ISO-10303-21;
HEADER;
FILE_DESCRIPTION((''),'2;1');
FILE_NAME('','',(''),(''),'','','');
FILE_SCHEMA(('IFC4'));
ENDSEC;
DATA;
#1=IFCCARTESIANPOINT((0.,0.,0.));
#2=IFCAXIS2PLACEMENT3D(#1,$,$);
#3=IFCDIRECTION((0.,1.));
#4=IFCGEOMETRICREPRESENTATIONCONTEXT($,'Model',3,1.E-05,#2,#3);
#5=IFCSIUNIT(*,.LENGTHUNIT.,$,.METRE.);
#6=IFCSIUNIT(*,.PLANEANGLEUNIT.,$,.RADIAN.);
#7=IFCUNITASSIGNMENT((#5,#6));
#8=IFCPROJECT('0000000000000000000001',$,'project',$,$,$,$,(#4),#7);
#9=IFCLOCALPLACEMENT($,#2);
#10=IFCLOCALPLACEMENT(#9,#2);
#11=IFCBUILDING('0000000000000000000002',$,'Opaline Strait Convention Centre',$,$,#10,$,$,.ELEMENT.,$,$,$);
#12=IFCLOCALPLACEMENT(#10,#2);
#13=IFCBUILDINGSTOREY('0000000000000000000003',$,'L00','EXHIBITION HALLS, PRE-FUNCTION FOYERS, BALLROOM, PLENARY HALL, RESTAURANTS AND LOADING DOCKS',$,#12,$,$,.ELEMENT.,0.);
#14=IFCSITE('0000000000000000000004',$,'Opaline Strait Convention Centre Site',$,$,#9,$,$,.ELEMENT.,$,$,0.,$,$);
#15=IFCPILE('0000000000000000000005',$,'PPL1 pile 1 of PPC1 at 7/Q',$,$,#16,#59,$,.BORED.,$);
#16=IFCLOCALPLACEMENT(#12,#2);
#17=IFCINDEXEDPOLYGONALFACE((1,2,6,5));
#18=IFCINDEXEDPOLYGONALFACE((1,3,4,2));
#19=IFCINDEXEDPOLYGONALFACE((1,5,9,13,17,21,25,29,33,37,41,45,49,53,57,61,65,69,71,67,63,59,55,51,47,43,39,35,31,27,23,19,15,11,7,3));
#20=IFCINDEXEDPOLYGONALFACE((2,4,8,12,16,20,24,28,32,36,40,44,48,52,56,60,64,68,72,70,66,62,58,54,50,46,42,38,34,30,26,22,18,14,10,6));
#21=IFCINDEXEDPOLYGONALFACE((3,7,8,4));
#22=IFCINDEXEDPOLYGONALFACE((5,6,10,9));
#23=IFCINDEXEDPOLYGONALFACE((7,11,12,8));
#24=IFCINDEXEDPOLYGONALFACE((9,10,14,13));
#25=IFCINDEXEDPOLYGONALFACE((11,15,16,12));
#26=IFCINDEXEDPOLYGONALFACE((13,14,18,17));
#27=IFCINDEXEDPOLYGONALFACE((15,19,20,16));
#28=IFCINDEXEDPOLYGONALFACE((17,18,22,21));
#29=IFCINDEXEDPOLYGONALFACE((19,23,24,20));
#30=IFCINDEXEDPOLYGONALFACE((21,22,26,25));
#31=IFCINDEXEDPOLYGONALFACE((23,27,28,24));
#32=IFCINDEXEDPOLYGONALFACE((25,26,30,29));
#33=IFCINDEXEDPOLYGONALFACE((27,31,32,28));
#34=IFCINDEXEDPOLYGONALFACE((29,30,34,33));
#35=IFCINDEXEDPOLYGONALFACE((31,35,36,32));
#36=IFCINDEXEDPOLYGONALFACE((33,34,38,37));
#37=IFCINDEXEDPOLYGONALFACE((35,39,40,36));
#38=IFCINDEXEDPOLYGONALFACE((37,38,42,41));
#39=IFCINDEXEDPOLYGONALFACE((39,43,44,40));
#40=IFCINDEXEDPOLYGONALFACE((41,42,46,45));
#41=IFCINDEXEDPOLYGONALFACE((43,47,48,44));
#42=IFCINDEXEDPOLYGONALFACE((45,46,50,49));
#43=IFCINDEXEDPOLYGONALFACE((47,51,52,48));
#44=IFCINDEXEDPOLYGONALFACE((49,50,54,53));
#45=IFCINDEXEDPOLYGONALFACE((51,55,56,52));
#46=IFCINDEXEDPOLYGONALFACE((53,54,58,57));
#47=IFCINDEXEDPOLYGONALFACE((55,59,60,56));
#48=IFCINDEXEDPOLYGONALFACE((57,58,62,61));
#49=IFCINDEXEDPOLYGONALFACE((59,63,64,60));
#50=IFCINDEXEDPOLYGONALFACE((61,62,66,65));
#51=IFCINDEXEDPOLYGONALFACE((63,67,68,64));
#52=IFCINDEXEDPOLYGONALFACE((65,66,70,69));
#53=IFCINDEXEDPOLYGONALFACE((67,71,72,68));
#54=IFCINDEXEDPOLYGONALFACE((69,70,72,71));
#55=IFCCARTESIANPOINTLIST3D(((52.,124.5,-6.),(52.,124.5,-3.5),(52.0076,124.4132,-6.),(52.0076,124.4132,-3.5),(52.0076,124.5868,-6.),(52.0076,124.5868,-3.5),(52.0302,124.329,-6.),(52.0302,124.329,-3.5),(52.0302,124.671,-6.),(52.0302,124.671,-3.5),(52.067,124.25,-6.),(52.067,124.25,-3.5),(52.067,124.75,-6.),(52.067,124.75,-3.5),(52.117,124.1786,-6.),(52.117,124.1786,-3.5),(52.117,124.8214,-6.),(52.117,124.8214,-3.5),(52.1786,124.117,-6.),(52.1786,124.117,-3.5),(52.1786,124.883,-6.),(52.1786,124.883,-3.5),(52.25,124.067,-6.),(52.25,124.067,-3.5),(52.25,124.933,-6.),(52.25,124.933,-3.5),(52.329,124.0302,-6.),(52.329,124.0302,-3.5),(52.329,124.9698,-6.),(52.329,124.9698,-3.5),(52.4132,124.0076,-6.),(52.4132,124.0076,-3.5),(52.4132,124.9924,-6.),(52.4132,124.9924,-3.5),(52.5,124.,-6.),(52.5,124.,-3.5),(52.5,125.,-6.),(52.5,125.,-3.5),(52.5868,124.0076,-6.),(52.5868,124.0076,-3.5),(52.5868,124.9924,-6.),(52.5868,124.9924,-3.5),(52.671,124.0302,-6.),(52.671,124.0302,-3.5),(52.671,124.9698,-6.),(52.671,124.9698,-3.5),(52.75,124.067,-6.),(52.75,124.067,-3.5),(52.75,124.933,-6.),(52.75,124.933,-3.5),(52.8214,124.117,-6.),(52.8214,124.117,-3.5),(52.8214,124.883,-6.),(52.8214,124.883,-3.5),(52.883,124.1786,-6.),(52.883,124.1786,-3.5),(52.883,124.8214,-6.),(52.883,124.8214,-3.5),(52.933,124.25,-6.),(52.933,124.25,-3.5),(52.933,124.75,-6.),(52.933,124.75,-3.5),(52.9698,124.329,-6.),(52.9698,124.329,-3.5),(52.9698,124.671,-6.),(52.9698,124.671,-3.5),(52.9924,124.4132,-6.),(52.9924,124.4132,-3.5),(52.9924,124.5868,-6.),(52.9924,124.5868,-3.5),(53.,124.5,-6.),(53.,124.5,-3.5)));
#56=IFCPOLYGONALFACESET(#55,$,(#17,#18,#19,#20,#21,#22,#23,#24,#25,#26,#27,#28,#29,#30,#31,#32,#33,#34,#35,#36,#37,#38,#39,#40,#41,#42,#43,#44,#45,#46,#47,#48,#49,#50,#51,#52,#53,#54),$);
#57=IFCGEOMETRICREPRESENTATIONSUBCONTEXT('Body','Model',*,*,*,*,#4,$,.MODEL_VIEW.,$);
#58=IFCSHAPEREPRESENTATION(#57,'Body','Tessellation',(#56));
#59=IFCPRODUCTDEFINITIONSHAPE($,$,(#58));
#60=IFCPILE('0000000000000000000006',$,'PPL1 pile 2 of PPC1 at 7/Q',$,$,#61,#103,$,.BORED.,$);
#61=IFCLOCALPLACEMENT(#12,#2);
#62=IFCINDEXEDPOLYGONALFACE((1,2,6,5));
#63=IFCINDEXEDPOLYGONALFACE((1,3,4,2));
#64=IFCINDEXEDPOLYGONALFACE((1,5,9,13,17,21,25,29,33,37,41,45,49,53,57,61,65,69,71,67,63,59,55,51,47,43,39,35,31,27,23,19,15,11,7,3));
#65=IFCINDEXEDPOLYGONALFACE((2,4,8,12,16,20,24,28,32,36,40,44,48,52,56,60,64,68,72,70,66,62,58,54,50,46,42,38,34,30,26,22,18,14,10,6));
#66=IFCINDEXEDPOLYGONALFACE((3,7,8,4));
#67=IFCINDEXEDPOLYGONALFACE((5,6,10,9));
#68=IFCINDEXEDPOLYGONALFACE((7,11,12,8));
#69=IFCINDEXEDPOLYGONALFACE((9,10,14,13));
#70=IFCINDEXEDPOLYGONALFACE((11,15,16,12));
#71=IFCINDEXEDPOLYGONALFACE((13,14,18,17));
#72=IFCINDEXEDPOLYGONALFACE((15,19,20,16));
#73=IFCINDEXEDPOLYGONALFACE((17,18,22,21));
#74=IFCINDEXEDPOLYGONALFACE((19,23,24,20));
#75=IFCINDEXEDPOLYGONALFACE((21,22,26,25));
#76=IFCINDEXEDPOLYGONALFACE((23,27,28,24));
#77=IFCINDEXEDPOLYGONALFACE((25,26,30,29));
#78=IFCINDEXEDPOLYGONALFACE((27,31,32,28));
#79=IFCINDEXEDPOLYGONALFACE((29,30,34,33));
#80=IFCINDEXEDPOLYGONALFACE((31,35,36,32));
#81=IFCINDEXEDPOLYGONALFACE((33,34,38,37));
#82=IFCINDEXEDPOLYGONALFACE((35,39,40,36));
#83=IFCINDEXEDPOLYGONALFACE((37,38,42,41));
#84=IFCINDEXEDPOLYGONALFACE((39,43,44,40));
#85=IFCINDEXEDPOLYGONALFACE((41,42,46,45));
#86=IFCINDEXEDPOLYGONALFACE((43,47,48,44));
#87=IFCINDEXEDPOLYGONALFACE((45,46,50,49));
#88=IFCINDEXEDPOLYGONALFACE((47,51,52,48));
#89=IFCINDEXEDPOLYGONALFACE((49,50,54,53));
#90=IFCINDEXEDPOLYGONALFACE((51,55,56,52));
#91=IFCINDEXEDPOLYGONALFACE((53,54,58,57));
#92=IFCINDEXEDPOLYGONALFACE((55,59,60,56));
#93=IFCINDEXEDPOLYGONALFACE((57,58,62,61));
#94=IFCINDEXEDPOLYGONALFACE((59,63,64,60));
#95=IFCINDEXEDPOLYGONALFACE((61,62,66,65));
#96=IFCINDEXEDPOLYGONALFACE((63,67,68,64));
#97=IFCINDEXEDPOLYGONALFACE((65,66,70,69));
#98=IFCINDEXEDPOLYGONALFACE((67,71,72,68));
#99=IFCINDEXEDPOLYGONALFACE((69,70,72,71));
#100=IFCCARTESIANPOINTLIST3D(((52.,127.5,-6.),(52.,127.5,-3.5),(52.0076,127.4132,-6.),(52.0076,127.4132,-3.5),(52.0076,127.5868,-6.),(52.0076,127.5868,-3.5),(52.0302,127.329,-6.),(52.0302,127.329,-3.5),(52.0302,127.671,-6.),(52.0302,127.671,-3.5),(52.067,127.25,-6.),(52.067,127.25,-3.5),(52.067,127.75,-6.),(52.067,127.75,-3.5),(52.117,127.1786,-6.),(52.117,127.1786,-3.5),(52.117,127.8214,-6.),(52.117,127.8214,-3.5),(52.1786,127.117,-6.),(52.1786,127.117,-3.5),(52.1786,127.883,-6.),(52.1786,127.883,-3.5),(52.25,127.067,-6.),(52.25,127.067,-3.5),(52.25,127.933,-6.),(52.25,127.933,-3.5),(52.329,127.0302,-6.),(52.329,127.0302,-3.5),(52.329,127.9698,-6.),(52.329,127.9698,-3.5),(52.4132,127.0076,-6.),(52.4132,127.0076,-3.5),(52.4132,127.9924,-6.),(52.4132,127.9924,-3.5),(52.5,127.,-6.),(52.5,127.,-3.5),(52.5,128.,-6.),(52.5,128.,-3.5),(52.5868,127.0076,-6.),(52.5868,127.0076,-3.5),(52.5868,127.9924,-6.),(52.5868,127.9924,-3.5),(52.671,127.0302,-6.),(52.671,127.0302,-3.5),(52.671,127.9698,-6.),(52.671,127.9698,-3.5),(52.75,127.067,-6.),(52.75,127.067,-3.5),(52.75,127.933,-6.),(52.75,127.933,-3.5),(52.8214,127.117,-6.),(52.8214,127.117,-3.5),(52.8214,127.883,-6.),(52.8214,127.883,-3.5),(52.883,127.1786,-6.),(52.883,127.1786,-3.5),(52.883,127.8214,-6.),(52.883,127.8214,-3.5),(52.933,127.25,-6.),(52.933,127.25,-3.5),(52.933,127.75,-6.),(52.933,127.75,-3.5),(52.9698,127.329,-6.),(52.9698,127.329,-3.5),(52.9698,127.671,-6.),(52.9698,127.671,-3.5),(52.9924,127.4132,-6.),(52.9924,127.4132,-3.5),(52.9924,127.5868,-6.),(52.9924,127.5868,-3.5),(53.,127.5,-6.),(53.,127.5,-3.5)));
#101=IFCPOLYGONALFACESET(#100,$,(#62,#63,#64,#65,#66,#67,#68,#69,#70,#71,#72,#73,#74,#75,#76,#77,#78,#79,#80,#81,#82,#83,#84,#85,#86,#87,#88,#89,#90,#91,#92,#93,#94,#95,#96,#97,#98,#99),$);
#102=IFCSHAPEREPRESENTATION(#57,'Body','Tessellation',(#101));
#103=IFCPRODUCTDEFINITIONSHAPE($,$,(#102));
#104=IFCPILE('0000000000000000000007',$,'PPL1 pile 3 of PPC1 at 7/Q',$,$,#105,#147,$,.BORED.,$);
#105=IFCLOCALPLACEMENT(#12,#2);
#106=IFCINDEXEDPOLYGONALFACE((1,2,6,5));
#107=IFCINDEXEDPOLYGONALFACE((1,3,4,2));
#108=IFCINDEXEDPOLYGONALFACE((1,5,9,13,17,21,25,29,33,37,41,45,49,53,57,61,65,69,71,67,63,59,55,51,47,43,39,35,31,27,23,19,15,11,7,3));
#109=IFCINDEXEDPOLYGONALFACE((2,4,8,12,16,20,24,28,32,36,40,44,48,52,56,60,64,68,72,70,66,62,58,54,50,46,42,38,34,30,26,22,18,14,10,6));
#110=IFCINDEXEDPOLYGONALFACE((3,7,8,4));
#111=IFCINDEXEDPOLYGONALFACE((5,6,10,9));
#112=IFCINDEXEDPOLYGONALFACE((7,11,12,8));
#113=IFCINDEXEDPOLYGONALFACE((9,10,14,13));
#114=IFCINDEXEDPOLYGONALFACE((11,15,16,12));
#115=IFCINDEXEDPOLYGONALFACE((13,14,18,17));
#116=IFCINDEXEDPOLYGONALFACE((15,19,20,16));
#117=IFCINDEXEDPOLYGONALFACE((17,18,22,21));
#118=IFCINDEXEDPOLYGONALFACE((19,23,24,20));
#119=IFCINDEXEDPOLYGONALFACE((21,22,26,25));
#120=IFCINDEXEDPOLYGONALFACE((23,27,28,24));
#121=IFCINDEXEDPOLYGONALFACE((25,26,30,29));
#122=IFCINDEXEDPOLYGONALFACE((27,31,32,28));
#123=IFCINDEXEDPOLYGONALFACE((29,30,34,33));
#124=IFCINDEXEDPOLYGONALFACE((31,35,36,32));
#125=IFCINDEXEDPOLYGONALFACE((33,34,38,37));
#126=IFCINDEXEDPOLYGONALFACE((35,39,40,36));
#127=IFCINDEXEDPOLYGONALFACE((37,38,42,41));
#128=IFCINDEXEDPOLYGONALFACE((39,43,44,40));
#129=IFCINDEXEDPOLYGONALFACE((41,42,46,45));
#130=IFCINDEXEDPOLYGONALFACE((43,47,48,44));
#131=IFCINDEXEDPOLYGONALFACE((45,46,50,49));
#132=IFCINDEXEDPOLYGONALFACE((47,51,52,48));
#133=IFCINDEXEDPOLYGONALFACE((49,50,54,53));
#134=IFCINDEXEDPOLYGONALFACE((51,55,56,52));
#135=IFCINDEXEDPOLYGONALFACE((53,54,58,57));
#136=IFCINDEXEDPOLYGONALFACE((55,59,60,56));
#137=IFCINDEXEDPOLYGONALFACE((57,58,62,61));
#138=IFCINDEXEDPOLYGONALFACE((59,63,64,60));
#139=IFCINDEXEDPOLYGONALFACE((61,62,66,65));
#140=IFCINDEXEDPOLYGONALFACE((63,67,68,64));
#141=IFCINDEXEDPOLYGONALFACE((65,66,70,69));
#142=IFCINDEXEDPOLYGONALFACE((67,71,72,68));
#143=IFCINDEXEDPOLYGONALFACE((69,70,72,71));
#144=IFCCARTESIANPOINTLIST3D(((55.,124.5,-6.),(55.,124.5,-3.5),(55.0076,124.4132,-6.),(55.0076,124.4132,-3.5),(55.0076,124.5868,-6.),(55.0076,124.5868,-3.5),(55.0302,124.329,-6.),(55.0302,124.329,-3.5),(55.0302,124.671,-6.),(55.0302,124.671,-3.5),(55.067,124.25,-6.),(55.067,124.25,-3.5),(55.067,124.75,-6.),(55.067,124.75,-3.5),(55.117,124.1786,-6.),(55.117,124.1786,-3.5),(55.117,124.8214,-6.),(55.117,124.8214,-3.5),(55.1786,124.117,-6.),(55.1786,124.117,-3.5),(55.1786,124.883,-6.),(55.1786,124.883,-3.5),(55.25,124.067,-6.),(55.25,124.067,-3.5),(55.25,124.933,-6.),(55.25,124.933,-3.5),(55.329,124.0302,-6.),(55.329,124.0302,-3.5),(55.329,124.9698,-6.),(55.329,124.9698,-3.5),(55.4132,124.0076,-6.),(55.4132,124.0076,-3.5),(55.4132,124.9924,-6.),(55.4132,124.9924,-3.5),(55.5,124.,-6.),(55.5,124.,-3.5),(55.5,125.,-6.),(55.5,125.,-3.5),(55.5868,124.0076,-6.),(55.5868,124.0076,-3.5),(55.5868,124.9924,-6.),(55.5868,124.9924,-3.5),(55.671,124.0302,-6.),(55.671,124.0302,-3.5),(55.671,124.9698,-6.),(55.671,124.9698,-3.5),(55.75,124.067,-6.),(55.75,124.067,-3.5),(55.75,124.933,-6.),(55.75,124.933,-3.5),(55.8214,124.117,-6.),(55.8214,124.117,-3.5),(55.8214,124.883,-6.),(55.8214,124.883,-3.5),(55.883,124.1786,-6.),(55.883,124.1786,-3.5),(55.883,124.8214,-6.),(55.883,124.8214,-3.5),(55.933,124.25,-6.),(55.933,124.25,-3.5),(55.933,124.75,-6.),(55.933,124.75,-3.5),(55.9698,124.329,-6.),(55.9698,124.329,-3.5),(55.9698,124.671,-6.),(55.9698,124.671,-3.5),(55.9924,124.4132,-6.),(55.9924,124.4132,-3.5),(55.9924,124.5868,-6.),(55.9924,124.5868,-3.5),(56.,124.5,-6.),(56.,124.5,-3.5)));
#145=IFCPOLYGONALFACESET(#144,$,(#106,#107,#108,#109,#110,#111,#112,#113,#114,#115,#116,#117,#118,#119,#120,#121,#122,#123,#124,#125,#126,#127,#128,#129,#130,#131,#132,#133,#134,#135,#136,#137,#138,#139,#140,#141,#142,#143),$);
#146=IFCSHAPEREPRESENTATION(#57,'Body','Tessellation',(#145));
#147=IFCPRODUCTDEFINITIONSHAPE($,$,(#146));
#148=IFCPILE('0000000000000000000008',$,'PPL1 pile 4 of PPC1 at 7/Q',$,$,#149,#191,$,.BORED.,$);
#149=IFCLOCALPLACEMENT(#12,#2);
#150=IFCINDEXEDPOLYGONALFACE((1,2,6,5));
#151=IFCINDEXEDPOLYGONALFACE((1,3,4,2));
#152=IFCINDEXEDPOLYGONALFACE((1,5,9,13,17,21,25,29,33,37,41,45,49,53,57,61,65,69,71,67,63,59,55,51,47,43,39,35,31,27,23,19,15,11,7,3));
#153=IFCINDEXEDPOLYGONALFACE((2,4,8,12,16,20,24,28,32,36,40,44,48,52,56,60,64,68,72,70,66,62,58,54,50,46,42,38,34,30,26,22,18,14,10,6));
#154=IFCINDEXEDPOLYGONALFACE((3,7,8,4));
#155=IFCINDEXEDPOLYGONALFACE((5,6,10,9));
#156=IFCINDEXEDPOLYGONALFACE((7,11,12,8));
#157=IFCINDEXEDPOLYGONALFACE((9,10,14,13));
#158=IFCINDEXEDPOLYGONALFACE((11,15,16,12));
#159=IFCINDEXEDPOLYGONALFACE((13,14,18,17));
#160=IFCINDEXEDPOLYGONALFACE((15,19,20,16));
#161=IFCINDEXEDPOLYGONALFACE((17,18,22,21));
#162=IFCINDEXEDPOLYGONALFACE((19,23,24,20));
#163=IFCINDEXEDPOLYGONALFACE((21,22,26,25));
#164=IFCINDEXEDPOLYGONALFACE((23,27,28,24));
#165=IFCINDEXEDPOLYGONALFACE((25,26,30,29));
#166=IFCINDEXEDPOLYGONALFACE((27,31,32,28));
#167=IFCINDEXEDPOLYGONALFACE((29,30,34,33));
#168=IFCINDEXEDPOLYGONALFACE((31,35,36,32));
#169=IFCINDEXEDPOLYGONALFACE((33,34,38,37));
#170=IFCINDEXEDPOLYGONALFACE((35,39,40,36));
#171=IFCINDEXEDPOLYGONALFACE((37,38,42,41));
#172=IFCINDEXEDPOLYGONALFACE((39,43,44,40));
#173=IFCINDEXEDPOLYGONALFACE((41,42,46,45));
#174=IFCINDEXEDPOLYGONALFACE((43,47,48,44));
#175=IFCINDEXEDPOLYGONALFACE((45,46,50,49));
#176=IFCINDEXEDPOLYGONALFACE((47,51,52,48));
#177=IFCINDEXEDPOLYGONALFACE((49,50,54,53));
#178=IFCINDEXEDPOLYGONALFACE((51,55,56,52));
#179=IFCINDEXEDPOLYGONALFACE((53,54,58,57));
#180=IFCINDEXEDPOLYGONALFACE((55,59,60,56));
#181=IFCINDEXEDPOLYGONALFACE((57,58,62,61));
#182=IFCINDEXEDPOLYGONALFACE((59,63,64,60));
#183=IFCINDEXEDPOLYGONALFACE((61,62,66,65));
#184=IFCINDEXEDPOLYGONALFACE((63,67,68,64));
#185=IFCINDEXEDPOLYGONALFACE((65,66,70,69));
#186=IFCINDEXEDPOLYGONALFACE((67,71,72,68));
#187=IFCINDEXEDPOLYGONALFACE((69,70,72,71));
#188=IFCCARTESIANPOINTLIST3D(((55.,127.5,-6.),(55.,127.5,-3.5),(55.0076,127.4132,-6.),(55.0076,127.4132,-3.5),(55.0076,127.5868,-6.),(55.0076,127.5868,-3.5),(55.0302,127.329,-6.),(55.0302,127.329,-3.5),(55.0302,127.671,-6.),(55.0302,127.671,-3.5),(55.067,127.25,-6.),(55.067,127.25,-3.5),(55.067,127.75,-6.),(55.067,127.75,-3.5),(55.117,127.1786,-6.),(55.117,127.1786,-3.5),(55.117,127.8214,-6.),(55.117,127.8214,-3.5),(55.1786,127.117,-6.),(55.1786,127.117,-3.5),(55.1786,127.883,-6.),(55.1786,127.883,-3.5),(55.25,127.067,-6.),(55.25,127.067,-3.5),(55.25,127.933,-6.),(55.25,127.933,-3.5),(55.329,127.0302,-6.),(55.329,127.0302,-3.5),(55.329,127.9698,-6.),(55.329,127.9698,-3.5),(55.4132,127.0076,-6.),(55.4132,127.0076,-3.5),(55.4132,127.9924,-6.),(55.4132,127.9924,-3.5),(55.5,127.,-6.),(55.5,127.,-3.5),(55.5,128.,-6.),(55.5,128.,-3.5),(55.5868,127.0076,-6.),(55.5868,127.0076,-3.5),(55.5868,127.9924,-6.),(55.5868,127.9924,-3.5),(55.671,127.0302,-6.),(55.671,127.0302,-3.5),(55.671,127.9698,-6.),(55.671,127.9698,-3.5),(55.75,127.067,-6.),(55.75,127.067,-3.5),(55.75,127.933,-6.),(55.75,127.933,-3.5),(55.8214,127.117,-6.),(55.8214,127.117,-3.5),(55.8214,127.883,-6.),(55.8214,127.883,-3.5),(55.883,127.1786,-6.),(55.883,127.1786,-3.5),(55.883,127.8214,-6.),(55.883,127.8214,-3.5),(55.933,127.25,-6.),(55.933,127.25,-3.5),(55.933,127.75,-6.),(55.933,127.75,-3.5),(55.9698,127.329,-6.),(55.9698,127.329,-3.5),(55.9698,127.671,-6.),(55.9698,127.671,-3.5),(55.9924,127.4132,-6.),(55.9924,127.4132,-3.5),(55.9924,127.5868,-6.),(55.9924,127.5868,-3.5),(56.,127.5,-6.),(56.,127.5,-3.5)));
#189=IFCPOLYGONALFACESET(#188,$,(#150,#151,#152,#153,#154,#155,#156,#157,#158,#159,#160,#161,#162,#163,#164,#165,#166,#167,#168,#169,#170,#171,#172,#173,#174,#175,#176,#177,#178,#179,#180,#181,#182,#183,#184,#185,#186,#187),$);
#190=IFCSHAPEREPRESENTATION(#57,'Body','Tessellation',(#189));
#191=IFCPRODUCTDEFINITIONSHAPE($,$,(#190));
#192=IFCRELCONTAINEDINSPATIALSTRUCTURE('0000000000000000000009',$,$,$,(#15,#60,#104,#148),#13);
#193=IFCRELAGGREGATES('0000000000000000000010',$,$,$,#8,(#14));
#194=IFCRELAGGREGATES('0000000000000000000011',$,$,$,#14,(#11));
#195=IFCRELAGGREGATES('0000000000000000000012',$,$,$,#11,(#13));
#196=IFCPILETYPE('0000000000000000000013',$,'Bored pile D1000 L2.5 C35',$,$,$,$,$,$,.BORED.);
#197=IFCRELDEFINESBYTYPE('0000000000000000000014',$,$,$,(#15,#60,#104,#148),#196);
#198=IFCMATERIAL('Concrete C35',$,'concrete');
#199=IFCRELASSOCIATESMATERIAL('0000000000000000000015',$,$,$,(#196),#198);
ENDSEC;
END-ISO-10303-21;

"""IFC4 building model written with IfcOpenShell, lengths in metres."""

from ifc_helpers import new_model, si_unit, direction, frame, origin, origin_2d, place, context, subcontext, project, spatial, circle, extrude, material, material_profile, profile_set, type_object, element, save


model = new_model("IFC4")

# Units and contexts
model_context = context("Model", 3, precision=1e-05, world=origin(), true_north=direction((0.0, 1.0)))
body_context = subcontext(model_context, "Body", "Model", "MODEL_VIEW")
ifc_project = project(units=[si_unit("LENGTHUNIT", "METRE"), si_unit("PLANEANGLEUNIT", "RADIAN")], contexts=[model_context])

# Site, building, storey
site_placement = place(None, origin())
site = spatial("IfcSite", under=ifc_project, at=site_placement, Name="Opaline Strait Convention Centre Site", CompositionType="ELEMENT", RefElevation=0.0)
building_placement = place(site_placement, origin())
building = spatial("IfcBuilding", under=site, at=building_placement, Name="Opaline Strait Convention Centre", CompositionType="ELEMENT")
storey_placement = place(building_placement, origin())
storey = spatial("IfcBuildingStorey", under=building, at=storey_placement, Name="L00", Description="EXHIBITION HALLS, PRE-FUNCTION FOYERS, BALLROOM, PLENARY HALL, RESTAURANTS AND LOADING DOCKS", CompositionType="ELEMENT", Elevation=0.0)

# Piles
ifc_material_1 = material(Name="Concrete C35", Category="concrete")
ifc_material_profile_1 = material_profile(ifc_material_1, circle(Radius=0.5, at=origin_2d()), Name="D1000")
ifc_profile_set_1 = profile_set([ifc_material_profile_1], Name="Concrete C35")
pile_type_1 = type_object("IfcPileType", Name="Bored pile D1000 L2.5 C35", PredefinedType="BORED", material=ifc_profile_set_1)
for number, where, z_axis, x_axis, name in (
    (1, (52.5, 124.5, -3.5), (0.0, 0.0, -1.0), (1.0, 0.0, 0.0), "PPL1 pile 1 of PPC1 at 7/Q"),
    (2, (52.5, 127.5, -3.5), (0.0, 0.0, -1.0), (1.0, 0.0, 0.0), "PPL1 pile 2 of PPC1 at 7/Q"),
    (3, (55.5, 124.5, -3.5), (0.0, 0.0, -1.0), (1.0, 0.0, 0.0), "PPL1 pile 3 of PPC1 at 7/Q"),
    (4, (55.5, 127.5, -3.5), (0.0, 0.0, -1.0), (1.0, 0.0, 0.0), "PPL1 pile 4 of PPC1 at 7/Q"),
):
    element("IfcPile", number, at=place(storey_placement, frame(where, z_axis=z_axis, x_axis=x_axis)), inside=storey, type_object=pile_type_1, Name=name, PredefinedType="BORED", context=body_context, shape_type="SweptSolid", body=[
        extrude(circle(Radius=0.5, at=origin_2d()), origin(), (0.0, 0.0, 1.0), 2.5),
    ])

save(model, "model.ifc")
